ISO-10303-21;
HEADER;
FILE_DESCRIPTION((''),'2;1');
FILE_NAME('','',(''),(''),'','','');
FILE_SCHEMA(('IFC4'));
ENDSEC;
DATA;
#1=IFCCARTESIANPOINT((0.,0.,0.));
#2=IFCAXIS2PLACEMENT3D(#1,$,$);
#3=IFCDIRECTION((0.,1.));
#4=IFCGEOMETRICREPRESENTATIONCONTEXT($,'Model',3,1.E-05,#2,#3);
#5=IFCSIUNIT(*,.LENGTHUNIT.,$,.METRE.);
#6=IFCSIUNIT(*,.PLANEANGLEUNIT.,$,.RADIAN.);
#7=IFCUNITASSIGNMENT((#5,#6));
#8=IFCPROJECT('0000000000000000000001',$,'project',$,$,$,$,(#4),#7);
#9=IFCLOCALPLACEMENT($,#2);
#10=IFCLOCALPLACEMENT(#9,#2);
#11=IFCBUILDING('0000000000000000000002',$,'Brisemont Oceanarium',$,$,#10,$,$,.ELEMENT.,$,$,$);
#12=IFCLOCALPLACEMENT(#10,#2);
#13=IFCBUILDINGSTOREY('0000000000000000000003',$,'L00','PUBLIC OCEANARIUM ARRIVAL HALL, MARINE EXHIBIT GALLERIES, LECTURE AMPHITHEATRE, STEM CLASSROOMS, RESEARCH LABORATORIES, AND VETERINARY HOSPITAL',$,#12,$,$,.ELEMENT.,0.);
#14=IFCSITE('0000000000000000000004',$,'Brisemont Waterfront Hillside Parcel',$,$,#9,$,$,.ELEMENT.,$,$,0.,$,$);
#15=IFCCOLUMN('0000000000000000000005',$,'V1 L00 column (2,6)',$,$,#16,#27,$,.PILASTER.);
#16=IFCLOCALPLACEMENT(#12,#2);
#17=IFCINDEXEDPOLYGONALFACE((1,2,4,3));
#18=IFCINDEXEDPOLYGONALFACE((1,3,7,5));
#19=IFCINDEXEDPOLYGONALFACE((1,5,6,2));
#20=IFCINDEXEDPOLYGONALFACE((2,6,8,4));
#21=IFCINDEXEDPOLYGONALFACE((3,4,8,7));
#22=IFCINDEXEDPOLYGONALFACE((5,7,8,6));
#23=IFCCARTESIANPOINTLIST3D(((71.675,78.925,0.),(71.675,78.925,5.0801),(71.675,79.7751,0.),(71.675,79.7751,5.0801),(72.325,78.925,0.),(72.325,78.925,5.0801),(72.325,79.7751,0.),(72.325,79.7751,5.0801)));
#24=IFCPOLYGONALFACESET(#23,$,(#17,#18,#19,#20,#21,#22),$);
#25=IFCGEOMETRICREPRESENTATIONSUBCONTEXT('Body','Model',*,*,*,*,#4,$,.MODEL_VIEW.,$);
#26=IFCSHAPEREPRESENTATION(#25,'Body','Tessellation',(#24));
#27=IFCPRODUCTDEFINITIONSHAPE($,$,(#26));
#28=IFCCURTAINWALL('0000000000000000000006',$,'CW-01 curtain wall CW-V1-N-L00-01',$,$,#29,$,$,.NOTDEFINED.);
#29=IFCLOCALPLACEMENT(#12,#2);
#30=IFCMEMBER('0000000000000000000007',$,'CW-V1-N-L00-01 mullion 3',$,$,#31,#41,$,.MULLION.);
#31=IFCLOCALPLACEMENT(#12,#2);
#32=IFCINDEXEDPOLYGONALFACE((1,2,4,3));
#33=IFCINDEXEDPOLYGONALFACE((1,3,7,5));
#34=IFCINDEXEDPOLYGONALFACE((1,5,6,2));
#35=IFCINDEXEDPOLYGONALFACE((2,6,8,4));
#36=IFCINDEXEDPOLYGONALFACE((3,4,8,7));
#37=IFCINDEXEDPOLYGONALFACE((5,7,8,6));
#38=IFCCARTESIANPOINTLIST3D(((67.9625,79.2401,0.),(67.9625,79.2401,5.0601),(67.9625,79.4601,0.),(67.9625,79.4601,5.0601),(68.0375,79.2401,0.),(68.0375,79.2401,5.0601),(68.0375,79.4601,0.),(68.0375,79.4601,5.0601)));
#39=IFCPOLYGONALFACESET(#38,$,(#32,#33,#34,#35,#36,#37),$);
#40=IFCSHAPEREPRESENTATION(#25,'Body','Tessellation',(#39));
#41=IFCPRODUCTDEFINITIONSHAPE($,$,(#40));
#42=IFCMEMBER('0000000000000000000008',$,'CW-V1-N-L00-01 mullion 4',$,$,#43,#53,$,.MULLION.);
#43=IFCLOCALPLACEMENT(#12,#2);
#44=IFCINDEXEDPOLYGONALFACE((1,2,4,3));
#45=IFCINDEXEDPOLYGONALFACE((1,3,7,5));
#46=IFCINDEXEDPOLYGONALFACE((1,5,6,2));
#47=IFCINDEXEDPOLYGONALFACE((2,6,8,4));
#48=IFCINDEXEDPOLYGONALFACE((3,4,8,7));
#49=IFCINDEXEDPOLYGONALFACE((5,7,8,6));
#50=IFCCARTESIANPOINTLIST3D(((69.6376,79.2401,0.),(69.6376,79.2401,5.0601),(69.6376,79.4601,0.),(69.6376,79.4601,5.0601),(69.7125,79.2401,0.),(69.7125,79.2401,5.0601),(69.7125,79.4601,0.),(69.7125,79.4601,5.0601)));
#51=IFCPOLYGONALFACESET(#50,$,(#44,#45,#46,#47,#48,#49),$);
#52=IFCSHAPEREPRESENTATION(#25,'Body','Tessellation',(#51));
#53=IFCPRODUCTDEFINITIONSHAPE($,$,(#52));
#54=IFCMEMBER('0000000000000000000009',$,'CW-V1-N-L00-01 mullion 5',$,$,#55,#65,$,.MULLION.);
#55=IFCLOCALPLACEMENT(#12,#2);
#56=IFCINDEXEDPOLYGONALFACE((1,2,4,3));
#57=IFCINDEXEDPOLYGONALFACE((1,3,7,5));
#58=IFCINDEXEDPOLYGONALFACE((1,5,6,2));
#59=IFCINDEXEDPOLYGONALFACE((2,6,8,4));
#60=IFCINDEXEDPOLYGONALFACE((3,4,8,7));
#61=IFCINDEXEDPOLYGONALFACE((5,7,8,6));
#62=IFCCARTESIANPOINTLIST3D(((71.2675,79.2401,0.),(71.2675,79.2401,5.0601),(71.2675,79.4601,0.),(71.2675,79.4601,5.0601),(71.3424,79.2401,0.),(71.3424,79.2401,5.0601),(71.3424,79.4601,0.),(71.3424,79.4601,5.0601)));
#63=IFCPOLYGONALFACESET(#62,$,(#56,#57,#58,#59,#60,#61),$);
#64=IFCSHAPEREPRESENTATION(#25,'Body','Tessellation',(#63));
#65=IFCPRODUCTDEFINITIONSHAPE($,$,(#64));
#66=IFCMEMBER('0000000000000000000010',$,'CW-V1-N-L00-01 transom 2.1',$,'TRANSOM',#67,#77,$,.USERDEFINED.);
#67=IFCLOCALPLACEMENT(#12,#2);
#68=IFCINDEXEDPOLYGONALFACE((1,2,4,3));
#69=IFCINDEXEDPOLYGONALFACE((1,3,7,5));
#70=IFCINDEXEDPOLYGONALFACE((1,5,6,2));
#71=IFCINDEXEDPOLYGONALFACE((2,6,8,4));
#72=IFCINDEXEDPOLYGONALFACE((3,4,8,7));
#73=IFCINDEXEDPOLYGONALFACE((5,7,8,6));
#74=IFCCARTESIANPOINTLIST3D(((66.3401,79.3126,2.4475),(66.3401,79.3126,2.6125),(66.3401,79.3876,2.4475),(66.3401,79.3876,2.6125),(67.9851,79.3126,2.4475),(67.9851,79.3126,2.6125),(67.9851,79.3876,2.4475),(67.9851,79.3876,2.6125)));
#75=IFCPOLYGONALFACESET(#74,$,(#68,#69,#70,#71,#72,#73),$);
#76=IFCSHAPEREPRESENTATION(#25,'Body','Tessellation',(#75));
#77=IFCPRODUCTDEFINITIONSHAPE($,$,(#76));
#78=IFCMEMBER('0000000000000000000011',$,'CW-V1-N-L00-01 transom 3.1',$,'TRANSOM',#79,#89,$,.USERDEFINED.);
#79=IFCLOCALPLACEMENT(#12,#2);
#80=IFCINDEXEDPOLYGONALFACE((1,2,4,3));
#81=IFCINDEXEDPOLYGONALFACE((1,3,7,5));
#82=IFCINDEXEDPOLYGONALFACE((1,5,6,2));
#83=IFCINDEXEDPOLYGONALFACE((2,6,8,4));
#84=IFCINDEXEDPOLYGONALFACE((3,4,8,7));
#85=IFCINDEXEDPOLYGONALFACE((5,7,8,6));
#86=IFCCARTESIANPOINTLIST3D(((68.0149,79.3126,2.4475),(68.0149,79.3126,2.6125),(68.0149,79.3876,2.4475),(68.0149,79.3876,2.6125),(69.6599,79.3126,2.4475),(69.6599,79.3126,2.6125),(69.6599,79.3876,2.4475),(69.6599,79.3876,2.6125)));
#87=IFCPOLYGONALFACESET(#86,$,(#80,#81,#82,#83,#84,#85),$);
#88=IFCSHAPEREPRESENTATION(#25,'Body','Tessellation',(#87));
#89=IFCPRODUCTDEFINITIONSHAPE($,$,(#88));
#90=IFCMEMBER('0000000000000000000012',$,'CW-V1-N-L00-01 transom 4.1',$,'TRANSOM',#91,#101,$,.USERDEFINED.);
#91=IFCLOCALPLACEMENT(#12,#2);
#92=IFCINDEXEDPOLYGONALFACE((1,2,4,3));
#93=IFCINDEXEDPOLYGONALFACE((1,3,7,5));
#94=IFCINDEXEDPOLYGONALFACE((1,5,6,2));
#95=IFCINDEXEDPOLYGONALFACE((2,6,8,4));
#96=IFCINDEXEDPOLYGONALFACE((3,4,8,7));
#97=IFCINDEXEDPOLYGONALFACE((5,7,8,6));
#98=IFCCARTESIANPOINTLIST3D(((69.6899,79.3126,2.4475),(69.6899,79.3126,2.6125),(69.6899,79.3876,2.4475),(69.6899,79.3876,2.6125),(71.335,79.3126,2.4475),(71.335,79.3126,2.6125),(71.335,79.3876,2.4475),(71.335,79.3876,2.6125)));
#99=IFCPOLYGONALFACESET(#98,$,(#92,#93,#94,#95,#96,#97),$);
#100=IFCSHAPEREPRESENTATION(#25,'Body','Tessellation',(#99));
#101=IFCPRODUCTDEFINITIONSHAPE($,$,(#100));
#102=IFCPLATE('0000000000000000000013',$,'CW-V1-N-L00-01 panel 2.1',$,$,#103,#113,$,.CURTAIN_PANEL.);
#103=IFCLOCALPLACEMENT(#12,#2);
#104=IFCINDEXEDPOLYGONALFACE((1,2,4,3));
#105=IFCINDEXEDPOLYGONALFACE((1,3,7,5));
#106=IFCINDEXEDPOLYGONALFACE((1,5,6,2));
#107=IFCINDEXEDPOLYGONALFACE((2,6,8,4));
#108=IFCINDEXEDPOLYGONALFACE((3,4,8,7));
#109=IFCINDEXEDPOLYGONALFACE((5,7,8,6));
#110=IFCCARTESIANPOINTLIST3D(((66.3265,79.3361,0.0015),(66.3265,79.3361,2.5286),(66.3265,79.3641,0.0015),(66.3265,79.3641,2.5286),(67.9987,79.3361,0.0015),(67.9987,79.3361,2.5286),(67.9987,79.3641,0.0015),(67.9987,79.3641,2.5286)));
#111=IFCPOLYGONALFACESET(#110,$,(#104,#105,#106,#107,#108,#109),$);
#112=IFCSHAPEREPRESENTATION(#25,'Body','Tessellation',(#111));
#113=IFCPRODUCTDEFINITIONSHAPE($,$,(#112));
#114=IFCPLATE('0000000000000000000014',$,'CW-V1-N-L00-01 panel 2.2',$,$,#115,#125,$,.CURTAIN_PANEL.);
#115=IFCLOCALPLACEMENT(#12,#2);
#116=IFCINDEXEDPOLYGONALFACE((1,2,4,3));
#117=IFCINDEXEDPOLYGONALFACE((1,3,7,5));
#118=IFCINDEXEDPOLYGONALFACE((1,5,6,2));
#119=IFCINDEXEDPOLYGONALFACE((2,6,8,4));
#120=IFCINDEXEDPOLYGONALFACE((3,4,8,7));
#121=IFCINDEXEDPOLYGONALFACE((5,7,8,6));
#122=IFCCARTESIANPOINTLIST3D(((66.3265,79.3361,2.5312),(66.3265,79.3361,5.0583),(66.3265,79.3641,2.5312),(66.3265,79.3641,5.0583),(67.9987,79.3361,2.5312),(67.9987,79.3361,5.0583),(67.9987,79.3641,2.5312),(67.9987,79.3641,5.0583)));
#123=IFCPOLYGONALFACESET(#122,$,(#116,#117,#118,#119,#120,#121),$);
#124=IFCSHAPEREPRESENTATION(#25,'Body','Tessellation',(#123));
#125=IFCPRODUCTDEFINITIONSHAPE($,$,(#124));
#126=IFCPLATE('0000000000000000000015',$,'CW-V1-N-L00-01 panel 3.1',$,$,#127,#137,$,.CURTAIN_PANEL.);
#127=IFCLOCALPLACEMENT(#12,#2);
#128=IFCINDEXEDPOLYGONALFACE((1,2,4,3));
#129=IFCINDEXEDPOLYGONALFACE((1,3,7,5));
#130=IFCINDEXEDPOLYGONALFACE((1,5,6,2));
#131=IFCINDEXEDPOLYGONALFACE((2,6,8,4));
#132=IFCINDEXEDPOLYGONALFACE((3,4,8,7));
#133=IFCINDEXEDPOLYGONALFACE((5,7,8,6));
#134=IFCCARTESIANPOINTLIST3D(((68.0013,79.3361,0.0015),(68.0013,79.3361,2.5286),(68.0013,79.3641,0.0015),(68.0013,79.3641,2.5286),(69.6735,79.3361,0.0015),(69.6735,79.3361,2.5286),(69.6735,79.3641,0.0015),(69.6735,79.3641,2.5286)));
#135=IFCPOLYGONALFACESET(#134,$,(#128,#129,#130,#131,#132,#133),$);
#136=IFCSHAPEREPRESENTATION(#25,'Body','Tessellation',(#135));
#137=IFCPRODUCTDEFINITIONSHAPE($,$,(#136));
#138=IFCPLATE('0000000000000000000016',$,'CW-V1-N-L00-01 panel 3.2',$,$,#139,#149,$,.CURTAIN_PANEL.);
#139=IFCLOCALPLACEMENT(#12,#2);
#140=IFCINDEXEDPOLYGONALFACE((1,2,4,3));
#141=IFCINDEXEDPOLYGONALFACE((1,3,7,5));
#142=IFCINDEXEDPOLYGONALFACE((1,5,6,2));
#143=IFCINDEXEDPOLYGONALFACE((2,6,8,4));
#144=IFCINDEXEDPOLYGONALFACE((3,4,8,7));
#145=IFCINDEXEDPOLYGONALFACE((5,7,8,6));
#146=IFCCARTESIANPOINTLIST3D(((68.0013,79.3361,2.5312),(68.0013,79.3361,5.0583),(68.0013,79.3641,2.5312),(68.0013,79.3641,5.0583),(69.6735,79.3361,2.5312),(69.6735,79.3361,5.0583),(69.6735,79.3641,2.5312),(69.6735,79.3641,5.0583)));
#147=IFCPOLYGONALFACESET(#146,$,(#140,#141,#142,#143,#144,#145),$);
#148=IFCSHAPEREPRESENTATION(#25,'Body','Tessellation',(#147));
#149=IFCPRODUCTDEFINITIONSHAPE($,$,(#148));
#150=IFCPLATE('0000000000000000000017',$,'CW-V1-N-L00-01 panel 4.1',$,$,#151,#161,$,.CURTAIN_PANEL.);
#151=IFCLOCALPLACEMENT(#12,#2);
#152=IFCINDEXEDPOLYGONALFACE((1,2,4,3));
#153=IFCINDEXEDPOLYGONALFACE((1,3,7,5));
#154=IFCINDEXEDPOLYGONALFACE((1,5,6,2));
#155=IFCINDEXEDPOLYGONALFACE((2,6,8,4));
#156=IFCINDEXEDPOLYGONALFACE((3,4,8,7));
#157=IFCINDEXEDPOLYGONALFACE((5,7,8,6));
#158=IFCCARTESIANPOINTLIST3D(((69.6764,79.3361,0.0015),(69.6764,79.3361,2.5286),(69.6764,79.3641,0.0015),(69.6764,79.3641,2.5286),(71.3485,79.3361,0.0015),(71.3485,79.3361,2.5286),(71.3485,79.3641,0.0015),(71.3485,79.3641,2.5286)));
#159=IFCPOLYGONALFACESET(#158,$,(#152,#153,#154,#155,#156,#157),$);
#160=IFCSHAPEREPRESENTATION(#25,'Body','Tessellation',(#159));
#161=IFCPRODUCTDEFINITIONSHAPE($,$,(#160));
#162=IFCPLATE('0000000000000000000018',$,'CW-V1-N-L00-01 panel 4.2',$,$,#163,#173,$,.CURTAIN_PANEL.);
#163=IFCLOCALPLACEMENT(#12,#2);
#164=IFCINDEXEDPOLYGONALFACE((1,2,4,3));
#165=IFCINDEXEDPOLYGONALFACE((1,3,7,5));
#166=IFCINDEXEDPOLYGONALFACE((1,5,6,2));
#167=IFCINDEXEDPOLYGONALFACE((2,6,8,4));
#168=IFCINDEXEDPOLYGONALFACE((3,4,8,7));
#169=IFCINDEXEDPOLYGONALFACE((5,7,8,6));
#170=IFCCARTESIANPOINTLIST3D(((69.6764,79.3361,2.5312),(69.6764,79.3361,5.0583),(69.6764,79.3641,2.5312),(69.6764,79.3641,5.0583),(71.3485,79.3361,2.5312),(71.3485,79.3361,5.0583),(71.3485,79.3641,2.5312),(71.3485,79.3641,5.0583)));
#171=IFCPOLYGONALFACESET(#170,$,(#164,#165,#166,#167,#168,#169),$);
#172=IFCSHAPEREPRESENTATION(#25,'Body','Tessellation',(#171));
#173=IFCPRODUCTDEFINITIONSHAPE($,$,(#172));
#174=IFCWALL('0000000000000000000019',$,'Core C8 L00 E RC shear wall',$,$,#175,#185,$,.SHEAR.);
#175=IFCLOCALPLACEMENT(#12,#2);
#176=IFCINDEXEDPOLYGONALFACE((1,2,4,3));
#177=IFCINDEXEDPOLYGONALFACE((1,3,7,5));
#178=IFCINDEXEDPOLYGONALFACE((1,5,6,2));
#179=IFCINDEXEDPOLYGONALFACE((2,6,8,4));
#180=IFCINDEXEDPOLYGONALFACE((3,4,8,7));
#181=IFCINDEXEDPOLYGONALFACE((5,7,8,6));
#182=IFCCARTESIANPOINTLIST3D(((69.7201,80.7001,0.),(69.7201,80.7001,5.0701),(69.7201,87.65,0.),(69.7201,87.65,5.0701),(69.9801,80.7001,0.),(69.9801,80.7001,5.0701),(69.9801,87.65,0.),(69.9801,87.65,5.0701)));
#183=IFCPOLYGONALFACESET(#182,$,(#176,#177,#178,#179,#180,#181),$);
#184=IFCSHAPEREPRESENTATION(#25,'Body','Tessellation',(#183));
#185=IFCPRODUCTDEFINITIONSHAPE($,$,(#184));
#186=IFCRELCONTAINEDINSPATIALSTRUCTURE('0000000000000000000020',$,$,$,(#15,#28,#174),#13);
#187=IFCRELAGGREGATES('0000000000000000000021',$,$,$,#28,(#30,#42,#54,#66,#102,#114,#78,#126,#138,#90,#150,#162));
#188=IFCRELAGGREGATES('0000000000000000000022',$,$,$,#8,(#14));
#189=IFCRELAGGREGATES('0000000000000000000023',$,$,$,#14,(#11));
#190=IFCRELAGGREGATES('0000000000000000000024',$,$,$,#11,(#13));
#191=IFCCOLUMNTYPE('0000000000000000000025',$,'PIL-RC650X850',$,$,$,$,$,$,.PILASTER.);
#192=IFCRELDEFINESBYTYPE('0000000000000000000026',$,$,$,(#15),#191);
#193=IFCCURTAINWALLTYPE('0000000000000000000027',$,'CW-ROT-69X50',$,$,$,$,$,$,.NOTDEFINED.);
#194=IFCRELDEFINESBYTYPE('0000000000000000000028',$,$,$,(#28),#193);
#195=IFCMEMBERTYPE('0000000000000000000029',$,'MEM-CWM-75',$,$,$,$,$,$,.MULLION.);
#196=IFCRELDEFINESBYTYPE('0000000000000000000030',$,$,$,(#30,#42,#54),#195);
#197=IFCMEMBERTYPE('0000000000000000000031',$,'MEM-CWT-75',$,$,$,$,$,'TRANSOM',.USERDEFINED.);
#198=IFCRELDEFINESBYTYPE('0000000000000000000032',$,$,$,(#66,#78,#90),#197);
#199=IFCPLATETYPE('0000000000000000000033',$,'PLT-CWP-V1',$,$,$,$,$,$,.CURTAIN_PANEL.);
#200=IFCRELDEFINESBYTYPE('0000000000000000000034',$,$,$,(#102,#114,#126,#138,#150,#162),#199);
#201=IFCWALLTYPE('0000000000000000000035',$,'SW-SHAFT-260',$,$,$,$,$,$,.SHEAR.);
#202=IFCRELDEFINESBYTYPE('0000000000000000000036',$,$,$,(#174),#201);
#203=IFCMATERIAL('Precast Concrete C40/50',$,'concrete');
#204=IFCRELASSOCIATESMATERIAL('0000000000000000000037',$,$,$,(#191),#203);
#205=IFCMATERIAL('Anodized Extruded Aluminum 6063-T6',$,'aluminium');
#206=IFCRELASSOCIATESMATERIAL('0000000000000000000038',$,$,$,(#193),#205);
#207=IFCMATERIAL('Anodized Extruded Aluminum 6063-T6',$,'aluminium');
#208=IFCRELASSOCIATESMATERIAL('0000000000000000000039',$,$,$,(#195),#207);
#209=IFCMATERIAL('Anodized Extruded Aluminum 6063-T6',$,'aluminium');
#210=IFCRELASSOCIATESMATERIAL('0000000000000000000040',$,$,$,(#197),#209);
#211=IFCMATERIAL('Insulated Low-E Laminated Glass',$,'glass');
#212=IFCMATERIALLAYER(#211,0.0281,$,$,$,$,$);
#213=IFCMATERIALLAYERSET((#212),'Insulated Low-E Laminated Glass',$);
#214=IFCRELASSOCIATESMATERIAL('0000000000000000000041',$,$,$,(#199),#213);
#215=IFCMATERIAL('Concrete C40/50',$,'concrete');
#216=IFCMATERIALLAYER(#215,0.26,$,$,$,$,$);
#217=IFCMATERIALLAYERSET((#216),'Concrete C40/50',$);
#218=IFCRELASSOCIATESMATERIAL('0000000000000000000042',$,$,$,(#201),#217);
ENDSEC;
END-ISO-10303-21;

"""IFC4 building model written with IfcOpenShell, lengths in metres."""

from ifc_helpers import new_model, si_unit, direction, frame, frame_2d, origin, origin_2d, place, context, subcontext, project, spatial, rectangle, extrude, material, layer, layer_set, material_profile, profile_set, type_object, element, aggregate, save


model = new_model("IFC4")

# Units and contexts
model_context = context("Model", 3, precision=1e-05, world=origin(), true_north=direction((0.0, 1.0)))
body_context = subcontext(model_context, "Body", "Model", "MODEL_VIEW")
ifc_project = project(units=[si_unit("LENGTHUNIT", "METRE"), si_unit("PLANEANGLEUNIT", "RADIAN")], contexts=[model_context])

# Site, building, storey
site_placement = place(None, origin())
site = spatial("IfcSite", under=ifc_project, at=site_placement, Name="Brisemont Waterfront Hillside Parcel", CompositionType="ELEMENT", RefElevation=0.0)
building_placement = place(site_placement, origin())
building = spatial("IfcBuilding", under=site, at=building_placement, Name="Brisemont Oceanarium", CompositionType="ELEMENT")
storey_placement = place(building_placement, origin())
storey = spatial("IfcBuildingStorey", under=building, at=storey_placement, Name="L00", Description="PUBLIC OCEANARIUM ARRIVAL HALL, MARINE EXHIBIT GALLERIES, LECTURE AMPHITHEATRE, STEM CLASSROOMS, RESEARCH LABORATORIES, AND VETERINARY HOSPITAL", CompositionType="ELEMENT", Elevation=0.0)

# Column
ifc_material_1 = material(Name="Precast Concrete C40/50", Category="concrete")
ifc_material_profile_1 = material_profile(ifc_material_1, rectangle(XDim=0.6499, YDim=0.8501, at=origin_2d()), Name="RC-PIL-650X850")
ifc_profile_set_1 = profile_set([ifc_material_profile_1], Name="Precast Concrete C40/50")
column_type = type_object("IfcColumnType", Name="PIL-RC650X850", PredefinedType="PILASTER", material=ifc_profile_set_1)
column_placement = place(storey_placement, frame((72.0, 79.3501, 0.0), z_axis=(0.0, 0.0, 1.0), x_axis=(1.0, 0.0, 0.0)))
element("IfcColumn", 1, at=column_placement, inside=storey, type_object=column_type, Name="V1 L00 column (2,6)", PredefinedType="PILASTER", context=body_context, shape_type="SweptSolid", body=[
    extrude(rectangle(XDim=0.6499, YDim=0.8501, at=origin_2d()), origin(), (0.0, 0.0, 1.0), 5.0801),
])

# Curtain wall, members, plates
ifc_material_2 = material(Name="Anodized Extruded Aluminum 6063-T6", Category="aluminium")
curtain_wall_type = type_object("IfcCurtainWallType", Name="CW-ROT-69X50", PredefinedType="NOTDEFINED", material=ifc_material_2)
curtain_wall_placement = place(storey_placement, origin())
curtain_wall = element("IfcCurtainWall", 2, at=curtain_wall_placement, inside=storey, type_object=curtain_wall_type, Name="CW-01 curtain wall CW-V1-N-L00-01", PredefinedType="NOTDEFINED")
ifc_material_3 = material(Name="Anodized Extruded Aluminum 6063-T6", Category="aluminium")
ifc_material_profile_2 = material_profile(ifc_material_3, rectangle(XDim=0.075, YDim=0.22, at=origin_2d()), Name="CWM-75X220")
ifc_profile_set_2 = profile_set([ifc_material_profile_2], Name="Anodized Extruded Aluminum 6063-T6")
member_type_1 = type_object("IfcMemberType", Name="MEM-CWM-75", PredefinedType="MULLION", material=ifc_profile_set_2)
member_1_placement = place(storey_placement, frame((68.0, 79.3501, 0.0), z_axis=(0.0, 0.0, 1.0), x_axis=(1.0, 0.0, 0.0)))
member_1 = element("IfcMember", 3, at=member_1_placement, type_object=member_type_1, Name="CW-V1-N-L00-01 mullion 3", PredefinedType="MULLION", context=body_context, shape_type="SweptSolid", body=[
    extrude(rectangle(XDim=0.075, YDim=0.22, at=origin_2d()), origin(), (0.0, 0.0, 1.0), 5.0601),
])
member_2_placement = place(storey_placement, frame((69.675, 79.3501, 0.0), z_axis=(0.0, 0.0, 1.0), x_axis=(1.0, 0.0, 0.0)))
member_2 = element("IfcMember", 4, at=member_2_placement, type_object=member_type_1, Name="CW-V1-N-L00-01 mullion 4", PredefinedType="MULLION", context=body_context, shape_type="SweptSolid", body=[
    extrude(rectangle(XDim=0.075, YDim=0.22, at=origin_2d()), origin(), (0.0, 0.0, 1.0), 5.0601),
])
member_3_placement = place(storey_placement, frame((71.3049, 79.3501, 0.0), z_axis=(0.0, 0.0, 1.0), x_axis=(1.0, 0.0, 0.0)))
member_3 = element("IfcMember", 5, at=member_3_placement, type_object=member_type_1, Name="CW-V1-N-L00-01 mullion 5", PredefinedType="MULLION", context=body_context, shape_type="SweptSolid", body=[
    extrude(rectangle(XDim=0.075, YDim=0.22, at=origin_2d()), origin(), (0.0, 0.0, 1.0), 5.0601),
])
ifc_material_4 = material(Name="Anodized Extruded Aluminum 6063-T6", Category="aluminium")
ifc_material_profile_3 = material_profile(ifc_material_4, rectangle(XDim=0.075, YDim=0.165, at=origin_2d()), Name="CWT-75X165")
ifc_profile_set_3 = profile_set([ifc_material_profile_3], Name="Anodized Extruded Aluminum 6063-T6")
member_type_2 = type_object("IfcMemberType", Name="MEM-CWT-75", ElementType="TRANSOM", PredefinedType="USERDEFINED", material=ifc_profile_set_3)
member_4_placement = place(storey_placement, frame((66.3401, 79.3501, 2.53), z_axis=(1.0, 0.0, 0.0), x_axis=(0.0, 1.0, 0.0)))
member_4 = element("IfcMember", 6, at=member_4_placement, type_object=member_type_2, Name="CW-V1-N-L00-01 transom 2.1", ObjectType="TRANSOM", PredefinedType="USERDEFINED", context=body_context, shape_type="SweptSolid", body=[
    extrude(rectangle(XDim=0.075, YDim=0.165, at=origin_2d()), origin(), (0.0, 0.0, 1.0), 1.645),
])
member_5_placement = place(storey_placement, frame((68.0149, 79.3501, 2.53), z_axis=(1.0, 0.0, 0.0), x_axis=(0.0, 1.0, 0.0)))
member_5 = element("IfcMember", 7, at=member_5_placement, type_object=member_type_2, Name="CW-V1-N-L00-01 transom 3.1", ObjectType="TRANSOM", PredefinedType="USERDEFINED", context=body_context, shape_type="SweptSolid", body=[
    extrude(rectangle(XDim=0.075, YDim=0.165, at=origin_2d()), origin(), (0.0, 0.0, 1.0), 1.645),
])
member_6_placement = place(storey_placement, frame((69.6899, 79.3501, 2.53), z_axis=(1.0, 0.0, 0.0), x_axis=(0.0, 1.0, 0.0)))
member_6 = element("IfcMember", 8, at=member_6_placement, type_object=member_type_2, Name="CW-V1-N-L00-01 transom 4.1", ObjectType="TRANSOM", PredefinedType="USERDEFINED", context=body_context, shape_type="SweptSolid", body=[
    extrude(rectangle(XDim=0.075, YDim=0.165, at=origin_2d()), origin(), (0.0, 0.0, 1.0), 1.645),
])
ifc_material_5 = material(Name="Insulated Low-E Laminated Glass", Category="glass")
ifc_layer_1 = layer(ifc_material_5, 0.0281)
ifc_layer_set_1 = layer_set([ifc_layer_1], Name="Insulated Low-E Laminated Glass")
plate_type = type_object("IfcPlateType", Name="PLT-CWP-V1", PredefinedType="CURTAIN_PANEL", material=ifc_layer_set_1)
plate_1_placement = place(storey_placement, frame((67.1626, 79.3501, 0.0015), z_axis=(0.0, 0.0, 1.0), x_axis=(1.0, 0.0, 0.0)))
plate_1 = element("IfcPlate", 9, at=plate_1_placement, type_object=plate_type, Name="CW-V1-N-L00-01 panel 2.1", PredefinedType="CURTAIN_PANEL", context=body_context, shape_type="SweptSolid", body=[
    extrude(rectangle(XDim=1.6721, YDim=0.0281, at=origin_2d()), origin(), (0.0, 0.0, 1.0), 2.5271),
])
plate_2_placement = place(storey_placement, frame((67.1626, 79.3501, 2.5312), z_axis=(0.0, 0.0, 1.0), x_axis=(1.0, 0.0, 0.0)))
plate_2 = element("IfcPlate", 10, at=plate_2_placement, type_object=plate_type, Name="CW-V1-N-L00-01 panel 2.2", PredefinedType="CURTAIN_PANEL", context=body_context, shape_type="SweptSolid", body=[
    extrude(rectangle(XDim=1.6721, YDim=0.0281, at=origin_2d()), origin(), (0.0, 0.0, 1.0), 2.5271),
])
plate_3_placement = place(storey_placement, frame((68.8374, 79.3501, 0.0015), z_axis=(0.0, 0.0, 1.0), x_axis=(1.0, 0.0, 0.0)))
plate_3 = element("IfcPlate", 11, at=plate_3_placement, type_object=plate_type, Name="CW-V1-N-L00-01 panel 3.1", PredefinedType="CURTAIN_PANEL", context=body_context, shape_type="SweptSolid", body=[
    extrude(rectangle(XDim=1.6721, YDim=0.0281, at=origin_2d()), origin(), (0.0, 0.0, 1.0), 2.5271),
])
plate_4_placement = place(storey_placement, frame((68.8374, 79.3501, 2.5312), z_axis=(0.0, 0.0, 1.0), x_axis=(1.0, 0.0, 0.0)))
plate_4 = element("IfcPlate", 12, at=plate_4_placement, type_object=plate_type, Name="CW-V1-N-L00-01 panel 3.2", PredefinedType="CURTAIN_PANEL", context=body_context, shape_type="SweptSolid", body=[
    extrude(rectangle(XDim=1.6721, YDim=0.0281, at=origin_2d()), origin(), (0.0, 0.0, 1.0), 2.5271),
])
plate_5_placement = place(storey_placement, frame((70.5125, 79.3501, 0.0015), z_axis=(0.0, 0.0, 1.0), x_axis=(1.0, 0.0, 0.0)))
plate_5 = element("IfcPlate", 13, at=plate_5_placement, type_object=plate_type, Name="CW-V1-N-L00-01 panel 4.1", PredefinedType="CURTAIN_PANEL", context=body_context, shape_type="SweptSolid", body=[
    extrude(rectangle(XDim=1.6721, YDim=0.0281, at=origin_2d()), origin(), (0.0, 0.0, 1.0), 2.5271),
])
plate_6_placement = place(storey_placement, frame((70.5125, 79.3501, 2.5312), z_axis=(0.0, 0.0, 1.0), x_axis=(1.0, 0.0, 0.0)))
plate_6 = element("IfcPlate", 14, at=plate_6_placement, type_object=plate_type, Name="CW-V1-N-L00-01 panel 4.2", PredefinedType="CURTAIN_PANEL", context=body_context, shape_type="SweptSolid", body=[
    extrude(rectangle(XDim=1.6721, YDim=0.0281, at=origin_2d()), origin(), (0.0, 0.0, 1.0), 2.5271),
])
aggregate(curtain_wall, [member_1, member_2, member_3, member_4, plate_1, plate_2, member_5, plate_3, plate_4, member_6, plate_5, plate_6])

# Wall
ifc_material_6 = material(Name="Concrete C40/50", Category="concrete")
ifc_layer_2 = layer(ifc_material_6, 0.26)
ifc_layer_set_2 = layer_set([ifc_layer_2], Name="Concrete C40/50")
wall_type_1 = type_object("IfcWallType", Name="SW-SHAFT-260", PredefinedType="SHEAR", material=ifc_layer_set_2)
for number, where, z_axis, x_axis, name in (
    (15, (69.8501, 80.7, 0.0), (0.0, 0.0, 1.0), (0.0, 1.0, 0.0), "Core C8 L00 E RC shear wall"),
):
    element("IfcWall", number, at=place(storey_placement, frame(where, z_axis=z_axis, x_axis=x_axis)), inside=storey, type_object=wall_type_1, Name=name, PredefinedType="SHEAR", context=body_context, shape_type="SweptSolid", body=[
        extrude(rectangle(XDim=6.95, YDim=0.26, at=frame_2d((3.4751, 0.0))), origin(), (0.0, 0.0, 1.0), 5.0701),
    ])

save(model, "model.ifc")
